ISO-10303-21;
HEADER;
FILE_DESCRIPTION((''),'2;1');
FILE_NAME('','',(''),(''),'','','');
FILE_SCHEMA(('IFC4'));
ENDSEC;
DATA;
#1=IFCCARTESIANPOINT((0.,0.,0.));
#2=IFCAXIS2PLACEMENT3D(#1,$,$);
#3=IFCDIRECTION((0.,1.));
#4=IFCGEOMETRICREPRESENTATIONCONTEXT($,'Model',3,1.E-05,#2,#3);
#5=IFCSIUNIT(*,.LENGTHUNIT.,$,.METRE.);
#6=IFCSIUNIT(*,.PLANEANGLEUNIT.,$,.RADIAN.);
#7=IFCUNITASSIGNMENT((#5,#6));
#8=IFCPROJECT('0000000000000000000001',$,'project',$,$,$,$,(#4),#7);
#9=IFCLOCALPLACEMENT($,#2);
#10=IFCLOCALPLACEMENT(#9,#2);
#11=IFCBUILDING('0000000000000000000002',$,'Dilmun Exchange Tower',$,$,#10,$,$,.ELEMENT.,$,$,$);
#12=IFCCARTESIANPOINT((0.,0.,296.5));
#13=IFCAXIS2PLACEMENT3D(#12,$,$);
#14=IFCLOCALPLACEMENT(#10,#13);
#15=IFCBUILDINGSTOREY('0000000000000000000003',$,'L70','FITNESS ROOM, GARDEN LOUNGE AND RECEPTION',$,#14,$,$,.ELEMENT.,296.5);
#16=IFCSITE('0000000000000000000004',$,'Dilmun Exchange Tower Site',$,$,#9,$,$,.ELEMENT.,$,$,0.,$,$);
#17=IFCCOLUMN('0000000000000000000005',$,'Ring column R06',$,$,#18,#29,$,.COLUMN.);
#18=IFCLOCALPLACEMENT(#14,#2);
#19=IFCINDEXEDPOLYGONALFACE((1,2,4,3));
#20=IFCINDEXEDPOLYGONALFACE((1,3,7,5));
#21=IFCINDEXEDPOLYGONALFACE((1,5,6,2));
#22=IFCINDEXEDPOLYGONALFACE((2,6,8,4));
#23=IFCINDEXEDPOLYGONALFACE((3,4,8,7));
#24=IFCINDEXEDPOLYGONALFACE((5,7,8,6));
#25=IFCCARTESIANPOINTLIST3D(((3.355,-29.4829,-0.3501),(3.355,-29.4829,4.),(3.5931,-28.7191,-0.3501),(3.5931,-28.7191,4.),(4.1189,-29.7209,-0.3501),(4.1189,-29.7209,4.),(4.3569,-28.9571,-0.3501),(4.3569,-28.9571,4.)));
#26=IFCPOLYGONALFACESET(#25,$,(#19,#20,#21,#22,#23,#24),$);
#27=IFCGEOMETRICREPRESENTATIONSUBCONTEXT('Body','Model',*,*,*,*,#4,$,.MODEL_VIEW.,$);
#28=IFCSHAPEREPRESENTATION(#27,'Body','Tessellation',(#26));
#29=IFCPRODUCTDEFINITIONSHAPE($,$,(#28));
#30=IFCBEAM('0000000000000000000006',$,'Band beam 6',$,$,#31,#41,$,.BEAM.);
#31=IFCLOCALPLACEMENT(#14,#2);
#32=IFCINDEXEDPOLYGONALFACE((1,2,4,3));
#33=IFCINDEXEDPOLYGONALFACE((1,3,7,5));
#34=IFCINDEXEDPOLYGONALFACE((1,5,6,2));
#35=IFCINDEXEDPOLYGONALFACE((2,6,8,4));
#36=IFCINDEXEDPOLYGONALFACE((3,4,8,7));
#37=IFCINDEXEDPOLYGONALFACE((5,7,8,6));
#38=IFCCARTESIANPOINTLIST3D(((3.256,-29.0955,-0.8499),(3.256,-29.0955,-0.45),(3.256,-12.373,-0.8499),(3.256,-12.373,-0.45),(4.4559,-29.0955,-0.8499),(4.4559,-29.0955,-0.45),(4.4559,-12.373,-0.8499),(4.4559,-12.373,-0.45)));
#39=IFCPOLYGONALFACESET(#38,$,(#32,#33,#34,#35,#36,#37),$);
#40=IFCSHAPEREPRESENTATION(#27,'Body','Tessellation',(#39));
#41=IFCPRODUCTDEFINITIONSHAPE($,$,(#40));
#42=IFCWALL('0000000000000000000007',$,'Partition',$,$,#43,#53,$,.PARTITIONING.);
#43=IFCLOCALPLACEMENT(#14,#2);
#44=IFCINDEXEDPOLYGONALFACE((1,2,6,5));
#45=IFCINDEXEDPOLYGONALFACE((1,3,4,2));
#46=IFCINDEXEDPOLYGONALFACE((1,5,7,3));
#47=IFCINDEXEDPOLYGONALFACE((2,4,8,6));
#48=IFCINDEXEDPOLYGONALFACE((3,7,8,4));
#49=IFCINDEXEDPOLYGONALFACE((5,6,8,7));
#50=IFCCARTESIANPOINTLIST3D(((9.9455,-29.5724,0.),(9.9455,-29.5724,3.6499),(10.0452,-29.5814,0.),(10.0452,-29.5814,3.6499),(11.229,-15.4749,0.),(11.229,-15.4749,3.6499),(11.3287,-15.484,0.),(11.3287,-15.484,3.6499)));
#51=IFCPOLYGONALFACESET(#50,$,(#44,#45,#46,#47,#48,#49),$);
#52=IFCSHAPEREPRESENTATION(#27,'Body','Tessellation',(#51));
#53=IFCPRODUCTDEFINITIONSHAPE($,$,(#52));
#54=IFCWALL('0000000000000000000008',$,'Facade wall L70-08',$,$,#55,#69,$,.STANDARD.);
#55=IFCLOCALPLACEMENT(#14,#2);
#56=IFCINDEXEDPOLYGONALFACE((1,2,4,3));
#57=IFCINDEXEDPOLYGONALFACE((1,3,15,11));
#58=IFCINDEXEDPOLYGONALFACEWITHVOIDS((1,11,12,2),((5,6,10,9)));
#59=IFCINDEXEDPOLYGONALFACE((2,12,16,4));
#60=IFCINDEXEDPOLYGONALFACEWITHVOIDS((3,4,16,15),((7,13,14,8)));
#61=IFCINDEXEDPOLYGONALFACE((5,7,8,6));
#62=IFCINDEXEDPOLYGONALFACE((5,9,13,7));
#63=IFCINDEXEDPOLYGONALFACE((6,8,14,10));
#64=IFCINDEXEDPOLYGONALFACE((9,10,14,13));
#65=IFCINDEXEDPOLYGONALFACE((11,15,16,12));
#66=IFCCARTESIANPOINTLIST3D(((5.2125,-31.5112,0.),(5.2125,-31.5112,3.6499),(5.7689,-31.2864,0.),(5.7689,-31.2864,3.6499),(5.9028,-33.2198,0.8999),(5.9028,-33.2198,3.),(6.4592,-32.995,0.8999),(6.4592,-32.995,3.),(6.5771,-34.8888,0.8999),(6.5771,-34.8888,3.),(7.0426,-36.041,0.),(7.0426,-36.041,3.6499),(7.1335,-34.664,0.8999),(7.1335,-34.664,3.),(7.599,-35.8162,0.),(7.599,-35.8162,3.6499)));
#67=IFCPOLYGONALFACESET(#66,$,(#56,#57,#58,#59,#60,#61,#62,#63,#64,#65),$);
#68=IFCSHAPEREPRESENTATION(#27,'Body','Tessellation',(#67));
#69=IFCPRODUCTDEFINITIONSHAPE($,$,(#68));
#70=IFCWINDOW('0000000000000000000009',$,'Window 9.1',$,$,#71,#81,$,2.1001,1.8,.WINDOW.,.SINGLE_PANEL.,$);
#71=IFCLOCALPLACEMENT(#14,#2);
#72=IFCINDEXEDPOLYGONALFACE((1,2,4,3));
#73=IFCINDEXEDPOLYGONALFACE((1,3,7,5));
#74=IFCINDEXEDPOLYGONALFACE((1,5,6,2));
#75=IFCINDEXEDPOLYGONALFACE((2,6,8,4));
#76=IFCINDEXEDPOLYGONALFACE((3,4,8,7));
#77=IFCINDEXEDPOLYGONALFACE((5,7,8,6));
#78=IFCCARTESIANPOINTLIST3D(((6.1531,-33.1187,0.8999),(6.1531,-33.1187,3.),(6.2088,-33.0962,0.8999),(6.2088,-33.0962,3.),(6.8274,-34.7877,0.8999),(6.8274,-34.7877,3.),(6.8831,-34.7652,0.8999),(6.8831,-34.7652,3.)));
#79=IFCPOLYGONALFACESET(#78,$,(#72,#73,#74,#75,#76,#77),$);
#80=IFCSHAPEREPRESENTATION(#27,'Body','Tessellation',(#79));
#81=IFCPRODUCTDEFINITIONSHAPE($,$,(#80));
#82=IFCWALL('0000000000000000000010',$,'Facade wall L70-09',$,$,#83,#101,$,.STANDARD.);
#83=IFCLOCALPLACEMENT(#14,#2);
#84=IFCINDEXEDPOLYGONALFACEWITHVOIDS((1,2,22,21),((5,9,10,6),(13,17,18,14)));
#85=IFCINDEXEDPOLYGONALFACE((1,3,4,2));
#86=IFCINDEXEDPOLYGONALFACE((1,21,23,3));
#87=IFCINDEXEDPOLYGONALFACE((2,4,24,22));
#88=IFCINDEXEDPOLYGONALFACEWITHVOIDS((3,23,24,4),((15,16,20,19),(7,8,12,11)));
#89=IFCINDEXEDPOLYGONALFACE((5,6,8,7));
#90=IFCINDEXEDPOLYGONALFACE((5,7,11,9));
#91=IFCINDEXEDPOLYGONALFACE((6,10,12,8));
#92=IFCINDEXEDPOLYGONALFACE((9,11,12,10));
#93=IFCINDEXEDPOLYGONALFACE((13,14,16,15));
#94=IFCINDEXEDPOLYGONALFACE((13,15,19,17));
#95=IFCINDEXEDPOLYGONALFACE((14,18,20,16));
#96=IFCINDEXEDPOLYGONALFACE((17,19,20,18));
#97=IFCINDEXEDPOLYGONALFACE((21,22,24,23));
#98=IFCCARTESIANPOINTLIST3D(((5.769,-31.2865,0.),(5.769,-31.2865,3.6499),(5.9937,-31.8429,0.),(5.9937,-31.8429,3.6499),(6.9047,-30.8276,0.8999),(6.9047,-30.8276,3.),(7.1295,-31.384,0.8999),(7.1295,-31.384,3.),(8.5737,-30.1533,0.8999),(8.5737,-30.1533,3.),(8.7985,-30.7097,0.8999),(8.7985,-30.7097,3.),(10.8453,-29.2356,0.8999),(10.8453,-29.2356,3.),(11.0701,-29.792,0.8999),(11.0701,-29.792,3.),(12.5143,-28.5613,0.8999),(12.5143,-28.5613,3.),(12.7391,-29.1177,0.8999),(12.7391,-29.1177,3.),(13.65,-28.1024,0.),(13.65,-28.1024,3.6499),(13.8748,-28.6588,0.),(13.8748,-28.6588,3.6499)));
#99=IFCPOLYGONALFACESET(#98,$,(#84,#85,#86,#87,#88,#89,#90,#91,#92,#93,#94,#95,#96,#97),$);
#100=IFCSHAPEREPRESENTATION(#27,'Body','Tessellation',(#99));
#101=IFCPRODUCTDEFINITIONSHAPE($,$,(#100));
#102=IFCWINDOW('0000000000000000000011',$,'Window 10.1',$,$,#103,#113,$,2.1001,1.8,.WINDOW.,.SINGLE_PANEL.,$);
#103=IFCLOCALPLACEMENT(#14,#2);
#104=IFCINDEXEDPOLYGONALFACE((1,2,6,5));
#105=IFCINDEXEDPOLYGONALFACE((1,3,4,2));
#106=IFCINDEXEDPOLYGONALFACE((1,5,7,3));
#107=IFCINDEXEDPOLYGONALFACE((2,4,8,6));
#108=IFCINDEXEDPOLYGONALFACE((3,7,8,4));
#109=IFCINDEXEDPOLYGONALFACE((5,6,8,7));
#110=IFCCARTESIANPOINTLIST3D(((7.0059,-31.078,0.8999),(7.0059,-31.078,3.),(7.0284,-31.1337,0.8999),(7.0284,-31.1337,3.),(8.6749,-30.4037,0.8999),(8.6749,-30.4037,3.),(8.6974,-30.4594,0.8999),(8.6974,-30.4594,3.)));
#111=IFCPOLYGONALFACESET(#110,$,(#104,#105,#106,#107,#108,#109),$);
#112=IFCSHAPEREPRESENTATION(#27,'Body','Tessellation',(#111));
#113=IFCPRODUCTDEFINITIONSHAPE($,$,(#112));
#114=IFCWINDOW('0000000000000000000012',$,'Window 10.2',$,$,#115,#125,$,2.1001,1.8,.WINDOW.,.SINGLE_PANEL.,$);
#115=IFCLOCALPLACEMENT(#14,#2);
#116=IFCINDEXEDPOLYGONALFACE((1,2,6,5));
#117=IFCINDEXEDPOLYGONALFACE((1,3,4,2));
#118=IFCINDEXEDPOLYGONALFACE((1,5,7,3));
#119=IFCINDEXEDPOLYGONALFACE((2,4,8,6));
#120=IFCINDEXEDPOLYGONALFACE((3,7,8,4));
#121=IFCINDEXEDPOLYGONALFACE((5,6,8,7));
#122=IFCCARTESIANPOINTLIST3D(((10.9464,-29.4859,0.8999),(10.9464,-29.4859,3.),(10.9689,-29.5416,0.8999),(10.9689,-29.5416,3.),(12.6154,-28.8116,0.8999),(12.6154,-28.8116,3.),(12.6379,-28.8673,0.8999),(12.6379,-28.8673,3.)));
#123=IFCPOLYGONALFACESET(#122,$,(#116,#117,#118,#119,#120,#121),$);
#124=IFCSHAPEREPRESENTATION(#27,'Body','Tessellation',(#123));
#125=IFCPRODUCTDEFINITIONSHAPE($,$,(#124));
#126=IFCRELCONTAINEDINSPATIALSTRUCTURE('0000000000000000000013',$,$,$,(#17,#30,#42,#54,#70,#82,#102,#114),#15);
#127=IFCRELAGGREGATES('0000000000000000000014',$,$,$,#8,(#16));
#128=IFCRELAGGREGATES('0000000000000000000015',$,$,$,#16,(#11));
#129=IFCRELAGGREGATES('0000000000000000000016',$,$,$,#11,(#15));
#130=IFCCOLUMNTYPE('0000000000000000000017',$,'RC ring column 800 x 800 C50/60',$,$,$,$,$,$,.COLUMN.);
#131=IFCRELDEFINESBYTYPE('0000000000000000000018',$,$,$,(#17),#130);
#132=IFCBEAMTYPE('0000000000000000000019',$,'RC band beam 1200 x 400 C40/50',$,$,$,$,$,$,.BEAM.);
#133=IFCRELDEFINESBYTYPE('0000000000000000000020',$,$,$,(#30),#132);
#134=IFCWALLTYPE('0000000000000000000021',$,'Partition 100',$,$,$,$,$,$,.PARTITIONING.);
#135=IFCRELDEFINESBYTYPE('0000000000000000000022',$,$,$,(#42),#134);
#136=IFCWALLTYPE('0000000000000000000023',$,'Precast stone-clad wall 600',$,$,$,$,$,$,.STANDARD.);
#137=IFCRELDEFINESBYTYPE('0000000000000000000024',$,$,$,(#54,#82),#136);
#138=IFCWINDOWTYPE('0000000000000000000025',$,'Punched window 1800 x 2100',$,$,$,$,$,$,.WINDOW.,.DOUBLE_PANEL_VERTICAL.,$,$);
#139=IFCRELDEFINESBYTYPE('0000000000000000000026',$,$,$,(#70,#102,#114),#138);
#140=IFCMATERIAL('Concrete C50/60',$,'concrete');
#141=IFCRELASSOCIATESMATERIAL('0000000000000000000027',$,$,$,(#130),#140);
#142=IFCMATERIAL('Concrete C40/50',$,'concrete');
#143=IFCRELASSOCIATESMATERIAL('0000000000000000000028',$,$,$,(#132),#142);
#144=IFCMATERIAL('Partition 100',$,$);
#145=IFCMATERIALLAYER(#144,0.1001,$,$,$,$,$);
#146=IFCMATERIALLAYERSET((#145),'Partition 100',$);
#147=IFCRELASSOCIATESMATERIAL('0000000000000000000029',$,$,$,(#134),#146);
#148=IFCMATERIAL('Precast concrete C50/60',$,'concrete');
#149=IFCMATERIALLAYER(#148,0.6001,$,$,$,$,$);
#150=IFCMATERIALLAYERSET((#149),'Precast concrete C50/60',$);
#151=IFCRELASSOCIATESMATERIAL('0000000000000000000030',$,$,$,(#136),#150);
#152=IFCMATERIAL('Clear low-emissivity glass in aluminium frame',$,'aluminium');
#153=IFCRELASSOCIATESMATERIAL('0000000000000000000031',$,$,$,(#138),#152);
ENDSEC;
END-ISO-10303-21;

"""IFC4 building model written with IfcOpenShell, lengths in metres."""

from ifc_helpers import new_model, si_unit, direction, frame, frame_2d, origin, origin_2d, place, context, subcontext, project, spatial, rectangle, extrude, material, layer, layer_set, material_profile, profile_set, type_object, element, fill, save


model = new_model("IFC4")

# Units and contexts
model_context = context("Model", 3, precision=1e-05, world=origin(), true_north=direction((0.0, 1.0)))
body_context = subcontext(model_context, "Body", "Model", "MODEL_VIEW")
ifc_project = project(units=[si_unit("LENGTHUNIT", "METRE"), si_unit("PLANEANGLEUNIT", "RADIAN")], contexts=[model_context])

# Site, building, storey
site_placement = place(None, origin())
site = spatial("IfcSite", under=ifc_project, at=site_placement, Name="Dilmun Exchange Tower Site", CompositionType="ELEMENT", RefElevation=0.0)
building_placement = place(site_placement, origin())
building = spatial("IfcBuilding", under=site, at=building_placement, Name="Dilmun Exchange Tower", CompositionType="ELEMENT")
storey_placement = place(building_placement, frame((0.0, 0.0, 296.5)))
storey = spatial("IfcBuildingStorey", under=building, at=storey_placement, Name="L70", Description="FITNESS ROOM, GARDEN LOUNGE AND RECEPTION", CompositionType="ELEMENT", Elevation=296.5)

# Column
ifc_material_1 = material(Name="Concrete C50/60", Category="concrete")
ifc_material_profile_1 = material_profile(ifc_material_1, rectangle(XDim=0.8, YDim=0.8, at=origin_2d()), Name="800 x 800")
ifc_profile_set_1 = profile_set([ifc_material_profile_1], Name="Concrete C50/60")
column_type = type_object("IfcColumnType", Name="RC ring column 800 x 800 C50/60", PredefinedType="COLUMN", material=ifc_profile_set_1)
column_placement = place(storey_placement, frame((3.856, -29.22, -0.3501), z_axis=(0.0, 0.0, 1.0), x_axis=(0.297503, 0.954721, 0.0)))
element("IfcColumn", 1, at=column_placement, inside=storey, type_object=column_type, Name="Ring column R06", PredefinedType="COLUMN", context=body_context, shape_type="SweptSolid", body=[
    extrude(rectangle(XDim=0.8, YDim=0.8, at=origin_2d()), origin(), (0.0, 0.0, 1.0), 4.3501),
])

# Beam
ifc_material_2 = material(Name="Concrete C40/50", Category="concrete")
ifc_material_profile_2 = material_profile(ifc_material_2, rectangle(XDim=1.2, YDim=0.3999, at=origin_2d()), Name="1200 x 400")
ifc_profile_set_2 = profile_set([ifc_material_profile_2], Name="Concrete C40/50")
beam_type = type_object("IfcBeamType", Name="RC band beam 1200 x 400 C40/50", PredefinedType="BEAM", material=ifc_profile_set_2)
beam_placement = place(storey_placement, frame((3.856, -29.0955, -0.6499), z_axis=(0.0, 1.0, 0.0), x_axis=(-1.0, 0.0, 0.0)))
element("IfcBeam", 2, at=beam_placement, inside=storey, type_object=beam_type, Name="Band beam 6", PredefinedType="BEAM", context=body_context, shape_type="SweptSolid", body=[
    extrude(rectangle(XDim=1.2, YDim=0.3999, at=origin_2d()), origin(), (0.0, 0.0, 1.0), 16.7224),
])

# Wall
ifc_material_3 = material(Name="Partition 100")
ifc_layer_1 = layer(ifc_material_3, 0.1001)
ifc_layer_set_1 = layer_set([ifc_layer_1], Name="Partition 100")
wall_type_1 = type_object("IfcWallType", Name="Partition 100", PredefinedType="PARTITIONING", material=ifc_layer_set_1)
wall_1_placement = place(storey_placement, frame((9.9954, -29.5769, 0.0), z_axis=(0.0, 0.0, 1.0), x_axis=(0.090666, 0.995881, 0.0)))
element("IfcWall", 3, at=wall_1_placement, inside=storey, type_object=wall_type_1, Name="Partition", PredefinedType="PARTITIONING", context=body_context, shape_type="SweptSolid", body=[
    extrude(rectangle(XDim=14.1558, YDim=0.1001, at=frame_2d((7.0779, 0.0))), origin(), (0.0, 0.0, 1.0), 3.6499),
])

# Wall, opening, window
ifc_material_4 = material(Name="Precast concrete C50/60", Category="concrete")
ifc_layer_2 = layer(ifc_material_4, 0.6001)
ifc_layer_set_2 = layer_set([ifc_layer_2], Name="Precast concrete C50/60")
wall_type_2 = type_object("IfcWallType", Name="Precast stone-clad wall 600", PredefinedType="STANDARD", material=ifc_layer_set_2)
wall_2_placement = place(storey_placement, frame((7.3208, -35.9287, 0.0), z_axis=(0.0, 0.0, 1.0), x_axis=(-0.374594, 0.927189, 0.0)))
wall_2 = element("IfcWall", 4, at=wall_2_placement, inside=storey, type_object=wall_type_2, Name="Facade wall L70-08", PredefinedType="STANDARD", context=body_context, shape_type="SweptSolid", body=[
    extrude(rectangle(XDim=4.8855, YDim=0.6001, at=frame_2d((2.4429, 0.0))), origin(), (0.0, 0.0, 1.0), 3.6499),
])
opening_1_placement = place(wall_2_placement, frame((1.2429, 0.0, 0.8999)))
opening_1 = element("IfcOpeningElement", 5, at=opening_1_placement, cuts=wall_2, PredefinedType="OPENING", context=body_context, shape_type="SweptSolid", body=[
    extrude(rectangle(XDim=1.8, YDim=2.1001, at=frame_2d((0.8999, 1.05))), frame((0.0, 0.3101, 0.0), z_axis=(0.0, -1.0, 0.0), x_axis=(1.0, 0.0, 0.0)), (0.0, 0.0, 1.0), 0.6201),
])
ifc_material_5 = material(Name="Clear low-emissivity glass in aluminium frame", Category="aluminium")
window_type_1 = type_object("IfcWindowType", Name="Punched window 1800 x 2100", PartitioningType="DOUBLE_PANEL_VERTICAL", PredefinedType="WINDOW", material=ifc_material_5)
window_1_placement = place(opening_1_placement, origin())
window_1 = element("IfcWindow", 6, at=window_1_placement, inside=storey, type_object=window_type_1, Name="Window 9.1", OverallHeight=2.1001, OverallWidth=1.8, PartitioningType="SINGLE_PANEL", PredefinedType="WINDOW", context=body_context, shape_type="SweptSolid", body=[
    extrude(rectangle(XDim=1.8, YDim=2.1001, at=frame_2d((0.8999, 1.05))), frame((0.0, 0.03, 0.0), z_axis=(0.0, -1.0, 0.0), x_axis=(1.0, 0.0, 0.0)), (0.0, 0.0, 1.0), 0.0601),
])
fill(opening_1, window_1)

# Wall, openings, windows
wall_3_placement = place(storey_placement, frame((5.8813, -31.5647, 0.0), z_axis=(0.0, 0.0, 1.0), x_axis=(0.927188, 0.374597, 0.0)))
wall_3 = element("IfcWall", 7, at=wall_3_placement, inside=storey, type_object=wall_type_2, Name="Facade wall L70-09", PredefinedType="STANDARD", context=body_context, shape_type="SweptSolid", body=[
    extrude(rectangle(XDim=8.5, YDim=0.6001, at=frame_2d((4.25, 0.0))), origin(), (0.0, 0.0, 1.0), 3.6499),
])
opening_2_placement = place(wall_3_placement, frame((1.2251, 0.0, 0.8999)))
opening_2 = element("IfcOpeningElement", 8, at=opening_2_placement, cuts=wall_3, PredefinedType="OPENING", context=body_context, shape_type="SweptSolid", body=[
    extrude(rectangle(XDim=1.8, YDim=2.1001, at=frame_2d((0.8999, 1.05))), frame((0.0, 0.3101, 0.0), z_axis=(0.0, -1.0, 0.0), x_axis=(1.0, 0.0, 0.0)), (0.0, 0.0, 1.0), 0.6201),
])
opening_3_placement = place(wall_3_placement, frame((5.4751, 0.0, 0.8999)))
opening_3 = element("IfcOpeningElement", 9, at=opening_3_placement, cuts=wall_3, PredefinedType="OPENING", context=body_context, shape_type="SweptSolid", body=[
    extrude(rectangle(XDim=1.8, YDim=2.1001, at=frame_2d((0.8999, 1.05))), frame((0.0, 0.3101, 0.0), z_axis=(0.0, -1.0, 0.0), x_axis=(1.0, 0.0, 0.0)), (0.0, 0.0, 1.0), 0.6201),
])
window_2_placement = place(opening_2_placement, origin())
window_2 = element("IfcWindow", 10, at=window_2_placement, inside=storey, type_object=window_type_1, Name="Window 10.1", OverallHeight=2.1001, OverallWidth=1.8, PartitioningType="SINGLE_PANEL", PredefinedType="WINDOW", context=body_context, shape_type="SweptSolid", body=[
    extrude(rectangle(XDim=1.8, YDim=2.1001, at=frame_2d((0.8999, 1.05))), frame((0.0, 0.03, 0.0), z_axis=(0.0, -1.0, 0.0), x_axis=(1.0, 0.0, 0.0)), (0.0, 0.0, 1.0), 0.0601),
])
fill(opening_2, window_2)
window_3_placement = place(opening_3_placement, origin())
window_3 = element("IfcWindow", 11, at=window_3_placement, inside=storey, type_object=window_type_1, Name="Window 10.2", OverallHeight=2.1001, OverallWidth=1.8, PartitioningType="SINGLE_PANEL", PredefinedType="WINDOW", context=body_context, shape_type="SweptSolid", body=[
    extrude(rectangle(XDim=1.8, YDim=2.1001, at=frame_2d((0.8999, 1.05))), frame((0.0, 0.03, 0.0), z_axis=(0.0, -1.0, 0.0), x_axis=(1.0, 0.0, 0.0)), (0.0, 0.0, 1.0), 0.0601),
])
fill(opening_3, window_3)

save(model, "model.ifc")
